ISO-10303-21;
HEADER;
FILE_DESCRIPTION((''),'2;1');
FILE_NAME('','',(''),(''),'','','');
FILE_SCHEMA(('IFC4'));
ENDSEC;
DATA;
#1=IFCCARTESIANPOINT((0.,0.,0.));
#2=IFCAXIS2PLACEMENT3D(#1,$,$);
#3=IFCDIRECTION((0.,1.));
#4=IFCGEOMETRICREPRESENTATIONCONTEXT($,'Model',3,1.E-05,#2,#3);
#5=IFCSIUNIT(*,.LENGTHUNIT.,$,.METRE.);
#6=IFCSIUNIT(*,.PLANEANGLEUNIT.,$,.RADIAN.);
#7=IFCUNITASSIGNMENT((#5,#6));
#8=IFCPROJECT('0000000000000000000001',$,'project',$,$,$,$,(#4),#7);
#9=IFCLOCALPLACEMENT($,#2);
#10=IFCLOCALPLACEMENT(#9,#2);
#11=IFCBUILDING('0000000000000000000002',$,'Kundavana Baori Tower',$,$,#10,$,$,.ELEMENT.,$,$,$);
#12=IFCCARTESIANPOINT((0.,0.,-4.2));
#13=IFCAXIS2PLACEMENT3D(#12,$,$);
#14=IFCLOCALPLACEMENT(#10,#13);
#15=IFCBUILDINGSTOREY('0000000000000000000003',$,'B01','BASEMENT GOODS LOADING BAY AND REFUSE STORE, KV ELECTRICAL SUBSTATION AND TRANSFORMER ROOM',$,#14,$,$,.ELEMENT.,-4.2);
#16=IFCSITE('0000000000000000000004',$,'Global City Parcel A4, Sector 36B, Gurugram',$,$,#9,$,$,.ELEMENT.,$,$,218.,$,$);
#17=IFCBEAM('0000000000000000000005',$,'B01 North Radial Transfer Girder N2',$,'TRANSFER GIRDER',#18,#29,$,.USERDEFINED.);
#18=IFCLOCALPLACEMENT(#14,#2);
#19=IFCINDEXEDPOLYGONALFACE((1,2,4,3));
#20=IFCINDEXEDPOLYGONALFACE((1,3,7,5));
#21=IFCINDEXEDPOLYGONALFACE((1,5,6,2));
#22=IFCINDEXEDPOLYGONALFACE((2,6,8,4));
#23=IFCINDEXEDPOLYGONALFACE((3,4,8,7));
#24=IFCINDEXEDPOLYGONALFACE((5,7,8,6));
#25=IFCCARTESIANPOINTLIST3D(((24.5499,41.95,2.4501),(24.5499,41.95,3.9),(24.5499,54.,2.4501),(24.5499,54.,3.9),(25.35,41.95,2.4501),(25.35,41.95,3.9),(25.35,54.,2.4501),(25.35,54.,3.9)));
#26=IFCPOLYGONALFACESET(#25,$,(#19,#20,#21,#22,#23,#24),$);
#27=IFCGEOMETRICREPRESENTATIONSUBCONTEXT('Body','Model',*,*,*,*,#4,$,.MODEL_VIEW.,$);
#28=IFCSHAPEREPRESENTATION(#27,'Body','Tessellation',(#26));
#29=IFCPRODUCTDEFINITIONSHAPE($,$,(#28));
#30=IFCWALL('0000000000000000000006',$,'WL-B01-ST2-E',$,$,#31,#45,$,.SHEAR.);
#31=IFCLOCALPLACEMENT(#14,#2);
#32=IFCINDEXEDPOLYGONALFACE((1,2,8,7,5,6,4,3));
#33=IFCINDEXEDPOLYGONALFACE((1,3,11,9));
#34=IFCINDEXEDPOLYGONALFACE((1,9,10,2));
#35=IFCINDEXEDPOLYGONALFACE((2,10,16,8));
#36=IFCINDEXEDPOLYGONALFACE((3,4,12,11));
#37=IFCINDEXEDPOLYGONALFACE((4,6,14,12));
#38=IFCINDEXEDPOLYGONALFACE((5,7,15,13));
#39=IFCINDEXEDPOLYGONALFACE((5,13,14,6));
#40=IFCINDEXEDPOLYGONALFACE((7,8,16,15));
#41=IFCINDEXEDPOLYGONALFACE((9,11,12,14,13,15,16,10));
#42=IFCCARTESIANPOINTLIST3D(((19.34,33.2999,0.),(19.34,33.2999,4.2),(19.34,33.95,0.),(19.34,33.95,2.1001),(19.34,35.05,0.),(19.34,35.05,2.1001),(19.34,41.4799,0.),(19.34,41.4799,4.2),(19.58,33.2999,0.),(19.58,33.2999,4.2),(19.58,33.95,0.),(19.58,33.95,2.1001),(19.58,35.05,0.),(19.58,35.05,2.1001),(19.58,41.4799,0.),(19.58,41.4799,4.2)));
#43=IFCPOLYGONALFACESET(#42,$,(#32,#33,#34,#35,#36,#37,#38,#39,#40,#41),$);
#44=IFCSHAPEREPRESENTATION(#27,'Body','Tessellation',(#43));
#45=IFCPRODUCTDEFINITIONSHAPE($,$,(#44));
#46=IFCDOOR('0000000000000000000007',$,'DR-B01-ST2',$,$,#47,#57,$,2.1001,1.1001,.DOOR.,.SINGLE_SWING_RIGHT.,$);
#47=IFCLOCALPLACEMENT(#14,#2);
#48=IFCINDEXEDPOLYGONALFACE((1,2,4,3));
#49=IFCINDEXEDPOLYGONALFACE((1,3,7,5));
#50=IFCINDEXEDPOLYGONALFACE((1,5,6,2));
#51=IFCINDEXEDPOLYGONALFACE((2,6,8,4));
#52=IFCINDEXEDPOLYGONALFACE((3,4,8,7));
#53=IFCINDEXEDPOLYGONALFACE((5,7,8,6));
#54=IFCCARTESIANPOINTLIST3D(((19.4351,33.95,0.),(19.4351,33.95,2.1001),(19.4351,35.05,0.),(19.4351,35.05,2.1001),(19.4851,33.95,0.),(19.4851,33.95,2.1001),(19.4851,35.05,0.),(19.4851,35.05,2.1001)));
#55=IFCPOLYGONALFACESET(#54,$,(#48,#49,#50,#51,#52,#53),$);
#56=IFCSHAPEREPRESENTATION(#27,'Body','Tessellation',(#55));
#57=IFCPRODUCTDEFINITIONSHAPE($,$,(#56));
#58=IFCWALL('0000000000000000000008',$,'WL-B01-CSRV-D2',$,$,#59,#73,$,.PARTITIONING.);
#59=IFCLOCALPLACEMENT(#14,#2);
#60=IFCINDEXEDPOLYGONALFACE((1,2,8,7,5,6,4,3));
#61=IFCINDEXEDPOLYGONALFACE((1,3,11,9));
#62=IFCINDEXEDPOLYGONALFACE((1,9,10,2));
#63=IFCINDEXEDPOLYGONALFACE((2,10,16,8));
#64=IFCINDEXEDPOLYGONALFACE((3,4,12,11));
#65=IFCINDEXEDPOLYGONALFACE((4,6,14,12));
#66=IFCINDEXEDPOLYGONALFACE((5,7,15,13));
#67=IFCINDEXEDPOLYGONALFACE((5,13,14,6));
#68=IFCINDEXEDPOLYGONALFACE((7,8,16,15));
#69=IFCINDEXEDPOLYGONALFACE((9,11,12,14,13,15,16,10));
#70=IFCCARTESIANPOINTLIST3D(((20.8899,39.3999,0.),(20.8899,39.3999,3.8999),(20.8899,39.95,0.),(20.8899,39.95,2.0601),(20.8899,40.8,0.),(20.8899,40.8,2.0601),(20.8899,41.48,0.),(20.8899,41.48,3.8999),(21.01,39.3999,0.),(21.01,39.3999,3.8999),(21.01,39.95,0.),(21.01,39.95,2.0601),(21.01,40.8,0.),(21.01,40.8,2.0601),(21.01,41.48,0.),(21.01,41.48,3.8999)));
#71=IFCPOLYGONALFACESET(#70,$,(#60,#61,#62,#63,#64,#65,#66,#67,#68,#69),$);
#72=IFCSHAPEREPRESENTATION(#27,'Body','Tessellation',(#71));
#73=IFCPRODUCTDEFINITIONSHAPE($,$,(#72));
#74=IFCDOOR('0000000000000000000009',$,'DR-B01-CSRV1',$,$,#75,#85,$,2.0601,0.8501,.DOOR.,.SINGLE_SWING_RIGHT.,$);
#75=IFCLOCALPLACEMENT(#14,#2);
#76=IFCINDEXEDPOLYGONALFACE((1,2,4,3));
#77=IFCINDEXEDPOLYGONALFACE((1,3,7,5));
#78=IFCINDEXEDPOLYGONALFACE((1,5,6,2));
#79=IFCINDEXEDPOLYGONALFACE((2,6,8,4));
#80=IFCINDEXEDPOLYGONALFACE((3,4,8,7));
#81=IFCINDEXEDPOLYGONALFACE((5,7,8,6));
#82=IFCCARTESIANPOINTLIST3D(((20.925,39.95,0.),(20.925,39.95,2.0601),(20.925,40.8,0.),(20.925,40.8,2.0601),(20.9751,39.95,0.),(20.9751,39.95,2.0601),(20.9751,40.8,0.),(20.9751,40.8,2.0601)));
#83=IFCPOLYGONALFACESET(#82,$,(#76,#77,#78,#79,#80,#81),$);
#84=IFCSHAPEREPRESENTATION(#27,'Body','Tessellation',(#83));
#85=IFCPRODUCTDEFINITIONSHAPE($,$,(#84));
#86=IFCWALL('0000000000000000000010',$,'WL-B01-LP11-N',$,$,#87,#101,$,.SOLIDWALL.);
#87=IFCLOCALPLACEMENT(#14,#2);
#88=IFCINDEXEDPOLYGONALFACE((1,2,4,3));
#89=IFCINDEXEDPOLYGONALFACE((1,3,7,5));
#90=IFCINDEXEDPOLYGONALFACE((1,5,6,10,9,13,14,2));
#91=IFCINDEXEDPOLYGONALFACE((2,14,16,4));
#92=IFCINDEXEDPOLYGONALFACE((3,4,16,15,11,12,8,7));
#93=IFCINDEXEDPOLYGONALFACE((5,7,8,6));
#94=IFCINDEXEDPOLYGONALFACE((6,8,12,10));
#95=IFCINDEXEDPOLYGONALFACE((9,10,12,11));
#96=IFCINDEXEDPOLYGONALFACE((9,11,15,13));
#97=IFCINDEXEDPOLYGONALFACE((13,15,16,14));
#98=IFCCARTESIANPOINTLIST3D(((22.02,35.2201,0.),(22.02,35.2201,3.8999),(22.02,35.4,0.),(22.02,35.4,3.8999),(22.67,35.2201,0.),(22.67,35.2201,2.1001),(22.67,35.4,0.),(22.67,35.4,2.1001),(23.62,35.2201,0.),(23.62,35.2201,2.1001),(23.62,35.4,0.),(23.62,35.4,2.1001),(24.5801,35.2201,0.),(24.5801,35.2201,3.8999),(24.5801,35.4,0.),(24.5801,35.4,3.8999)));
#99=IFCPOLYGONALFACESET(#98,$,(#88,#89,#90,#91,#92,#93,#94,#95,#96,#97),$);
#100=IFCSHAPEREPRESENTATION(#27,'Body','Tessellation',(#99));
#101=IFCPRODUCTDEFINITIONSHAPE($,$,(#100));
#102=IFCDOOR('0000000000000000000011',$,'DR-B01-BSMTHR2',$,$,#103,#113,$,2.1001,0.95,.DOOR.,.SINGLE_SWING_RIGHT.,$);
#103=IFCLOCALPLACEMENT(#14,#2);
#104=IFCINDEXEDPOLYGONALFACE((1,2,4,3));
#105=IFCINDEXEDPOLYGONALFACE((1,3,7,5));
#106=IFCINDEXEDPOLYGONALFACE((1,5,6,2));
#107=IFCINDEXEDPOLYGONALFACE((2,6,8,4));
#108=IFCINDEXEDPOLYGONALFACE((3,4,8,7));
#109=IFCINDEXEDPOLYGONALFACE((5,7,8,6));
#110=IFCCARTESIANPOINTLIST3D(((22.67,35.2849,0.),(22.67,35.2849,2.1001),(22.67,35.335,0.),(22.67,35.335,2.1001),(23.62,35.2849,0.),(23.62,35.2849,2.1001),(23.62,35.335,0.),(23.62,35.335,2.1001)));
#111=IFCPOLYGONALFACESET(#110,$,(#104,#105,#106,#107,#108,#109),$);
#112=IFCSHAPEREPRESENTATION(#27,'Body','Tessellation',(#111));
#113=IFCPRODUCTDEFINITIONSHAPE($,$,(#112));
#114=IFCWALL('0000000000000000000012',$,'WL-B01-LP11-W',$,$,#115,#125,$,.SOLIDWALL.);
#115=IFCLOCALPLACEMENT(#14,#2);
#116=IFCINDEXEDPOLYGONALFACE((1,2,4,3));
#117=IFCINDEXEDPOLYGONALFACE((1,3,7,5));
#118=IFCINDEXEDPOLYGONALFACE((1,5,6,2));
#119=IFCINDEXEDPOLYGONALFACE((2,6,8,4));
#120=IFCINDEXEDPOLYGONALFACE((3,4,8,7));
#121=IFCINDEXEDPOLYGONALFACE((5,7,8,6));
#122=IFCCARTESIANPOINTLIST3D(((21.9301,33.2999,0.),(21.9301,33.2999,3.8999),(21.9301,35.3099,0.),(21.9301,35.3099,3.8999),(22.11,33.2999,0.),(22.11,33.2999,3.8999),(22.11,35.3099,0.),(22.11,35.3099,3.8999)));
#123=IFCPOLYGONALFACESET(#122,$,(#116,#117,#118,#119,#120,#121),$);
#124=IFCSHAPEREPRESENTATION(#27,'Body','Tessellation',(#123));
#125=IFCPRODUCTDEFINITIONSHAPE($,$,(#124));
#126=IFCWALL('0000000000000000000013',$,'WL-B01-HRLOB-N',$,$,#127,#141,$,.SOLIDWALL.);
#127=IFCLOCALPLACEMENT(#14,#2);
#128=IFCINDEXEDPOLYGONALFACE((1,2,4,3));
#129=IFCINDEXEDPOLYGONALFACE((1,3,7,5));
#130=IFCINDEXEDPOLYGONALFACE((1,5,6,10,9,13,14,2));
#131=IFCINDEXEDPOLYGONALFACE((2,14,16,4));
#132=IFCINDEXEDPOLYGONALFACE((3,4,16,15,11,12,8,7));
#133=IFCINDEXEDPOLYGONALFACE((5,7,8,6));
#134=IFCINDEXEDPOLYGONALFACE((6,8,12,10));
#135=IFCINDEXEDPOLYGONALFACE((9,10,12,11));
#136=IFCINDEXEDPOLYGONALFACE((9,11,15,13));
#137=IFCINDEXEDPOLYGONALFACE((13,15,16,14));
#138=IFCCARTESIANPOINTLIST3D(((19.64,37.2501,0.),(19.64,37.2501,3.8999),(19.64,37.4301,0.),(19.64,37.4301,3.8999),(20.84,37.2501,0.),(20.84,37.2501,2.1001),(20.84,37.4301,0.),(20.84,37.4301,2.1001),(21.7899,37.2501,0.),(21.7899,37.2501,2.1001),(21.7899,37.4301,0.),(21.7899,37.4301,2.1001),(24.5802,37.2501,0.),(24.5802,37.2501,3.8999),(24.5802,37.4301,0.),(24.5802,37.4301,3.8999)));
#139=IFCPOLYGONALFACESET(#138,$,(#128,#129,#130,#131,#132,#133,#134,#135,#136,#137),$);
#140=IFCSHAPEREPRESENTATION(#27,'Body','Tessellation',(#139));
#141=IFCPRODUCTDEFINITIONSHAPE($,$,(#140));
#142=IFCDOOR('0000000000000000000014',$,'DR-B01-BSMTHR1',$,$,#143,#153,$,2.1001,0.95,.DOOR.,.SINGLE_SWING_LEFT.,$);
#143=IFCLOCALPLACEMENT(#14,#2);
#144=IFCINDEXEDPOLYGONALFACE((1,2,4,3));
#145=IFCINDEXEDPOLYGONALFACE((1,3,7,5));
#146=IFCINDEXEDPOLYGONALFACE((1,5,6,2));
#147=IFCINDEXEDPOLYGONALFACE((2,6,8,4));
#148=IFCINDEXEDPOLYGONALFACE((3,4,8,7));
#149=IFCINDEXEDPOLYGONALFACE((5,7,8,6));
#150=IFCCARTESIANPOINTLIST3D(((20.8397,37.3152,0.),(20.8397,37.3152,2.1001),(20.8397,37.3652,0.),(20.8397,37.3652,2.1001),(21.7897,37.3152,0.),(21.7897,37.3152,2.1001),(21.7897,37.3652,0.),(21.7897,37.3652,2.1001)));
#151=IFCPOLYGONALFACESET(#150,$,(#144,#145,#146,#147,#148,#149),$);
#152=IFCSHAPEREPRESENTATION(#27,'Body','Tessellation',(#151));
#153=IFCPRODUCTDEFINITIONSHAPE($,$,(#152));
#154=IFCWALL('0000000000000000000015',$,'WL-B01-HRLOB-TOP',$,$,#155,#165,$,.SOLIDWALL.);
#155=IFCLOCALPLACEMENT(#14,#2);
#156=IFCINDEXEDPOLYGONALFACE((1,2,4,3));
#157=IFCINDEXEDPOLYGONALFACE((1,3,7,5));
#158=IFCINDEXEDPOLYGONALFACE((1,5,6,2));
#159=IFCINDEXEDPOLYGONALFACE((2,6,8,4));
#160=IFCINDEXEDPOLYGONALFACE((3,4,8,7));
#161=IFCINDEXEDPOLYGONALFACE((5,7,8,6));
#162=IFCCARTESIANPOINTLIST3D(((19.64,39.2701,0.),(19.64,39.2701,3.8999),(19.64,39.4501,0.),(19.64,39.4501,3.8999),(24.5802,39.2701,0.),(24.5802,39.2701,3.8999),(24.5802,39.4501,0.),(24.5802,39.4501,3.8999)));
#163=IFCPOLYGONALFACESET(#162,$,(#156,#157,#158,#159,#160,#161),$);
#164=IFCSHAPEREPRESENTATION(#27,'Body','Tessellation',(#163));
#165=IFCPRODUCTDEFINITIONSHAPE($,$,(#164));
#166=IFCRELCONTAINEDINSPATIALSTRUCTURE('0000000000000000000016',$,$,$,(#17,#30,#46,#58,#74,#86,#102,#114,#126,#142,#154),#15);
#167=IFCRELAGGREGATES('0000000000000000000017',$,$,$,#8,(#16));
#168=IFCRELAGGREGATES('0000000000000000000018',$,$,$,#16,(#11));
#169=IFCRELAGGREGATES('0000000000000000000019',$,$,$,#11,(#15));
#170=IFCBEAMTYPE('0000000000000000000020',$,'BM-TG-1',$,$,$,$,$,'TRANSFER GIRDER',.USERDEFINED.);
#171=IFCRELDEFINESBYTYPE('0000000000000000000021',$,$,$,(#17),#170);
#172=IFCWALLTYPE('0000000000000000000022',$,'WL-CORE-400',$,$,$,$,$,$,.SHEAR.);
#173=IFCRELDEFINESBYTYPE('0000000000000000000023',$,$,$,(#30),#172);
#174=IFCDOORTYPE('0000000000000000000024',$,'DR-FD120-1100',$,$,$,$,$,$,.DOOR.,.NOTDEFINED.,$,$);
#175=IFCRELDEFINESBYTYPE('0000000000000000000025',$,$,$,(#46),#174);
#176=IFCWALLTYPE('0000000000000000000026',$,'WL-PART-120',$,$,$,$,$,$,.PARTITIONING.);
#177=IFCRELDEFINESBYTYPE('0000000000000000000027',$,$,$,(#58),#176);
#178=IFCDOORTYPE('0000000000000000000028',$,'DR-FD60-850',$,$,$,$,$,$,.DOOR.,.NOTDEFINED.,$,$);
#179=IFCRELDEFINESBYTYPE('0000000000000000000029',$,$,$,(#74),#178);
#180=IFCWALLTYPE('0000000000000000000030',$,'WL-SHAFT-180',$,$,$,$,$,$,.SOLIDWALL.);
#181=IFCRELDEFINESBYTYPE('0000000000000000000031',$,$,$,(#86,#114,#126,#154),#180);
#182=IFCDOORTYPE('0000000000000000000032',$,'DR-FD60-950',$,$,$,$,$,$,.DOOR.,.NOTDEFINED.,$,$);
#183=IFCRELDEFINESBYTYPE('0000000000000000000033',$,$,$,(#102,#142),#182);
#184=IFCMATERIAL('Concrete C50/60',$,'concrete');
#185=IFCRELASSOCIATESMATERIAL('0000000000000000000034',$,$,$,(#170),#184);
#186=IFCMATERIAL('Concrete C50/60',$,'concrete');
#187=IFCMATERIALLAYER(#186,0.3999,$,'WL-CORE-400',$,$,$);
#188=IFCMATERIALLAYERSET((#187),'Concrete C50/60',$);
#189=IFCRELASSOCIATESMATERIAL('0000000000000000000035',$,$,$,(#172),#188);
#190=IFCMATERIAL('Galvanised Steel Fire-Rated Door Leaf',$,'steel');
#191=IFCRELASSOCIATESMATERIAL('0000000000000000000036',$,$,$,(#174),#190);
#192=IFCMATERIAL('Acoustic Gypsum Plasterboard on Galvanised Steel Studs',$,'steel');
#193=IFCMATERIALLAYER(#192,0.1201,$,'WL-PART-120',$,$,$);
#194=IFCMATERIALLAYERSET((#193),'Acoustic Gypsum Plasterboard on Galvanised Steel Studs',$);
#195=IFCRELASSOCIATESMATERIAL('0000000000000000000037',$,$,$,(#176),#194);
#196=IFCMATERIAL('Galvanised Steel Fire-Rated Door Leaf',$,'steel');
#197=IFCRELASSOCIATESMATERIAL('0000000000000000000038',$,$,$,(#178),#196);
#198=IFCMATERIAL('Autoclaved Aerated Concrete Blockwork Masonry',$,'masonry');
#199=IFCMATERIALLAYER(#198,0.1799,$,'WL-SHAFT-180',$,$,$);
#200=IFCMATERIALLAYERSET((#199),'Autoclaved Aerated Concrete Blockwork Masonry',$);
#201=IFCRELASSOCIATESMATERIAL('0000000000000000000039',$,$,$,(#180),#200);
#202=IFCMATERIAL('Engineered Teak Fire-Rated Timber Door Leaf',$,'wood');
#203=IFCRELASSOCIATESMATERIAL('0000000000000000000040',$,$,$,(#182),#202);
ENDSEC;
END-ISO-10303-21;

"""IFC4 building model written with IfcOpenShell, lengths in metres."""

from ifc_helpers import new_model, si_unit, direction, frame, frame_2d, origin, origin_2d, place, context, subcontext, project, spatial, rectangle, extrude, material, layer, layer_set, material_profile, profile_set, type_object, element, fill, save


model = new_model("IFC4")

# Units and contexts
model_context = context("Model", 3, precision=1e-05, world=origin(), true_north=direction((0.0, 1.0)))
body_context = subcontext(model_context, "Body", "Model", "MODEL_VIEW")
ifc_project = project(units=[si_unit("LENGTHUNIT", "METRE"), si_unit("PLANEANGLEUNIT", "RADIAN")], contexts=[model_context])

# Site, building, storey
site_placement = place(None, origin())
site = spatial("IfcSite", under=ifc_project, at=site_placement, Name="Global City Parcel A4, Sector 36B, Gurugram", CompositionType="ELEMENT", RefElevation=218.0)
building_placement = place(site_placement, origin())
building = spatial("IfcBuilding", under=site, at=building_placement, Name="Kundavana Baori Tower", CompositionType="ELEMENT")
storey_placement = place(building_placement, frame((0.0, 0.0, -4.2)))
storey = spatial("IfcBuildingStorey", under=building, at=storey_placement, Name="B01", Description="BASEMENT GOODS LOADING BAY AND REFUSE STORE, KV ELECTRICAL SUBSTATION AND TRANSFORMER ROOM", CompositionType="ELEMENT", Elevation=-4.2)

# Beam
ifc_material_1 = material(Name="Concrete C50/60", Category="concrete")
ifc_material_profile_1 = material_profile(ifc_material_1, rectangle(XDim=0.8, YDim=1.45, at=origin_2d()), Name="BM-TG-1")
ifc_profile_set_1 = profile_set([ifc_material_profile_1], Name="Concrete C50/60")
beam_type_1 = type_object("IfcBeamType", Name="BM-TG-1", ElementType="TRANSFER GIRDER", PredefinedType="USERDEFINED", material=ifc_profile_set_1)
beam_1_placement = place(storey_placement, frame((24.95, 41.95, 3.175), z_axis=(0.0, 1.0, 0.0), x_axis=(-1.0, 0.0, 0.0)))
element("IfcBeam", 1, at=beam_1_placement, inside=storey, type_object=beam_type_1, Name="B01 North Radial Transfer Girder N2", ObjectType="TRANSFER GIRDER", PredefinedType="USERDEFINED", context=body_context, shape_type="SweptSolid", body=[
    extrude(rectangle(XDim=0.8, YDim=1.45, at=origin_2d()), origin(), (0.0, 0.0, 1.0), 12.05),
])

# Walls, openings, doors
ifc_material_2 = material(Name="Concrete C50/60", Category="concrete")
ifc_layer_1 = layer(ifc_material_2, 0.3999, Name="WL-CORE-400")
ifc_layer_set_1 = layer_set([ifc_layer_1], Name="Concrete C50/60")
wall_type_1 = type_object("IfcWallType", Name="WL-CORE-400", PredefinedType="SHEAR", material=ifc_layer_set_1)
wall_1_placement = place(storey_placement, frame((19.46, 33.3, 0.0), z_axis=(0.0, 0.0, 1.0), x_axis=(0.0, 1.0, 0.0)))
wall_1 = element("IfcWall", 2, at=wall_1_placement, inside=storey, type_object=wall_type_1, Name="WL-B01-ST2-E", PredefinedType="SHEAR", context=body_context, shape_type="SweptSolid", body=[
    extrude(rectangle(XDim=8.1799, YDim=0.24, at=frame_2d((4.0898, 0.0))), origin(), (0.0, 0.0, 1.0), 4.2),
])
opening_1_placement = place(wall_1_placement, frame((0.6499, 0.0, 0.0)))
opening_1 = element("IfcOpeningElement", 3, at=opening_1_placement, cuts=wall_1, PredefinedType="OPENING", context=body_context, shape_type="SweptSolid", body=[
    extrude(rectangle(XDim=1.1001, YDim=2.1001, at=frame_2d((0.55, 1.05))), frame((0.0, 0.1299, 0.0), z_axis=(0.0, -1.0, 0.0), x_axis=(1.0, 0.0, 0.0)), (0.0, 0.0, 1.0), 0.26),
])
ifc_material_3 = material(Name="Galvanised Steel Fire-Rated Door Leaf", Category="steel")
door_type_1 = type_object("IfcDoorType", Name="DR-FD120-1100", OperationType="NOTDEFINED", PredefinedType="DOOR", material=ifc_material_3)
door_1_placement = place(opening_1_placement, origin())
door_1 = element("IfcDoor", 4, at=door_1_placement, inside=storey, type_object=door_type_1, Name="DR-B01-ST2", OperationType="SINGLE_SWING_RIGHT", OverallHeight=2.1001, OverallWidth=1.1001, PredefinedType="DOOR", context=body_context, shape_type="SweptSolid", body=[
    extrude(rectangle(XDim=1.1001, YDim=2.1001, at=frame_2d((0.55, 1.05))), frame((0.0, 0.0249, 0.0), z_axis=(0.0, -1.0, 0.0), x_axis=(1.0, 0.0, 0.0)), (0.0, 0.0, 1.0), 0.05),
])
fill(opening_1, door_1)
ifc_material_4 = material(Name="Acoustic Gypsum Plasterboard on Galvanised Steel Studs", Category="steel")
ifc_layer_2 = layer(ifc_material_4, 0.1201, Name="WL-PART-120")
ifc_layer_set_2 = layer_set([ifc_layer_2], Name="Acoustic Gypsum Plasterboard on Galvanised Steel Studs")
wall_type_2 = type_object("IfcWallType", Name="WL-PART-120", PredefinedType="PARTITIONING", material=ifc_layer_set_2)
wall_2_placement = place(storey_placement, frame((20.95, 39.3999, 0.0), z_axis=(0.0, 0.0, 1.0), x_axis=(0.0, 1.0, 0.0)))
wall_2 = element("IfcWall", 5, at=wall_2_placement, inside=storey, type_object=wall_type_2, Name="WL-B01-CSRV-D2", PredefinedType="PARTITIONING", context=body_context, shape_type="SweptSolid", body=[
    extrude(rectangle(XDim=2.0801, YDim=0.1201, at=frame_2d((1.04, 0.0))), origin(), (0.0, 0.0, 1.0), 3.8999),
])
opening_2_placement = place(wall_2_placement, frame((0.55, 0.0, 0.0)))
opening_2 = element("IfcOpeningElement", 6, at=opening_2_placement, cuts=wall_2, PredefinedType="OPENING", context=body_context, shape_type="SweptSolid", body=[
    extrude(rectangle(XDim=0.8501, YDim=2.0601, at=frame_2d((0.425, 1.03))), frame((0.0, 0.0701, 0.0), z_axis=(0.0, -1.0, 0.0), x_axis=(1.0, 0.0, 0.0)), (0.0, 0.0, 1.0), 0.1401),
])
ifc_material_5 = material(Name="Galvanised Steel Fire-Rated Door Leaf", Category="steel")
door_type_2 = type_object("IfcDoorType", Name="DR-FD60-850", OperationType="NOTDEFINED", PredefinedType="DOOR", material=ifc_material_5)
door_2_placement = place(opening_2_placement, origin())
door_2 = element("IfcDoor", 7, at=door_2_placement, inside=storey, type_object=door_type_2, Name="DR-B01-CSRV1", OperationType="SINGLE_SWING_RIGHT", OverallHeight=2.0601, OverallWidth=0.8501, PredefinedType="DOOR", context=body_context, shape_type="SweptSolid", body=[
    extrude(rectangle(XDim=0.8501, YDim=2.0601, at=frame_2d((0.425, 1.03))), frame((0.0, 0.0249, 0.0), z_axis=(0.0, -1.0, 0.0), x_axis=(1.0, 0.0, 0.0)), (0.0, 0.0, 1.0), 0.05),
])
fill(opening_2, door_2)
ifc_material_6 = material(Name="Autoclaved Aerated Concrete Blockwork Masonry", Category="masonry")
ifc_layer_3 = layer(ifc_material_6, 0.1799, Name="WL-SHAFT-180")
ifc_layer_set_3 = layer_set([ifc_layer_3], Name="Autoclaved Aerated Concrete Blockwork Masonry")
wall_type_3 = type_object("IfcWallType", Name="WL-SHAFT-180", PredefinedType="SOLIDWALL", material=ifc_layer_set_3)
wall_3_placement = place(storey_placement, frame((22.02, 35.3101, 0.0), z_axis=(0.0, 0.0, 1.0), x_axis=(1.0, 0.0, 0.0)))
wall_3 = element("IfcWall", 8, at=wall_3_placement, inside=storey, type_object=wall_type_3, Name="WL-B01-LP11-N", PredefinedType="SOLIDWALL", context=body_context, shape_type="SweptSolid", body=[
    extrude(rectangle(XDim=2.5601, YDim=0.1799, at=frame_2d((1.28, 0.0))), origin(), (0.0, 0.0, 1.0), 3.8999),
])
opening_3_placement = place(wall_3_placement, frame((0.6499, 0.0, 0.0)))
opening_3 = element("IfcOpeningElement", 9, at=opening_3_placement, cuts=wall_3, PredefinedType="OPENING", context=body_context, shape_type="SweptSolid", body=[
    extrude(rectangle(XDim=0.95, YDim=2.1001, at=frame_2d((0.4751, 1.05))), frame((0.0, 0.1001, 0.0), z_axis=(0.0, -1.0, 0.0), x_axis=(1.0, 0.0, 0.0)), (0.0, 0.0, 1.0), 0.2),
])
ifc_material_7 = material(Name="Engineered Teak Fire-Rated Timber Door Leaf", Category="wood")
door_type_3 = type_object("IfcDoorType", Name="DR-FD60-950", OperationType="NOTDEFINED", PredefinedType="DOOR", material=ifc_material_7)
door_3_placement = place(opening_3_placement, origin())
door_3 = element("IfcDoor", 10, at=door_3_placement, inside=storey, type_object=door_type_3, Name="DR-B01-BSMTHR2", OperationType="SINGLE_SWING_RIGHT", OverallHeight=2.1001, OverallWidth=0.95, PredefinedType="DOOR", context=body_context, shape_type="SweptSolid", body=[
    extrude(rectangle(XDim=0.95, YDim=2.1001, at=frame_2d((0.4751, 1.05))), frame((0.0, 0.0249, 0.0), z_axis=(0.0, -1.0, 0.0), x_axis=(1.0, 0.0, 0.0)), (0.0, 0.0, 1.0), 0.05),
])
fill(opening_3, door_3)

# Wall
wall_4_placement = place(storey_placement, frame((22.02, 33.3, 0.0), z_axis=(0.0, 0.0, 1.0), x_axis=(0.0, 1.0, 0.0)))
element("IfcWall", 11, at=wall_4_placement, inside=storey, type_object=wall_type_3, Name="WL-B01-LP11-W", PredefinedType="SOLIDWALL", context=body_context, shape_type="SweptSolid", body=[
    extrude(rectangle(XDim=2.01, YDim=0.1799, at=frame_2d((1.0049, 0.0))), origin(), (0.0, 0.0, 1.0), 3.8999),
])

# Wall, opening, door
wall_5_placement = place(storey_placement, frame((19.6399, 37.3401, 0.0), z_axis=(0.0, 0.0, 1.0), x_axis=(1.0, 0.0, 0.0)))
wall_5 = element("IfcWall", 12, at=wall_5_placement, inside=storey, type_object=wall_type_3, Name="WL-B01-HRLOB-N", PredefinedType="SOLIDWALL", context=body_context, shape_type="SweptSolid", body=[
    extrude(rectangle(XDim=4.9402, YDim=0.1799, at=frame_2d((2.4702, 0.0))), origin(), (0.0, 0.0, 1.0), 3.8999),
])
opening_4_placement = place(wall_5_placement, frame((1.2, 0.0, 0.0)))
opening_4 = element("IfcOpeningElement", 13, at=opening_4_placement, cuts=wall_5, PredefinedType="OPENING", context=body_context, shape_type="SweptSolid", body=[
    extrude(rectangle(XDim=0.95, YDim=2.1001, at=frame_2d((0.4751, 1.05))), frame((0.0, 0.1001, 0.0), z_axis=(0.0, -1.0, 0.0), x_axis=(1.0, 0.0, 0.0)), (0.0, 0.0, 1.0), 0.2),
])
door_4_placement = place(opening_4_placement, frame((0.95, 0.0, 0.0), z_axis=(0.0, 0.0, 1.0), x_axis=(-1.0, 0.0, 0.0)))
door_4 = element("IfcDoor", 14, at=door_4_placement, inside=storey, type_object=door_type_3, Name="DR-B01-BSMTHR1", OperationType="SINGLE_SWING_LEFT", OverallHeight=2.1001, OverallWidth=0.95, PredefinedType="DOOR", context=body_context, shape_type="SweptSolid", body=[
    extrude(rectangle(XDim=0.95, YDim=2.1001, at=frame_2d((0.4751, 1.05))), frame((0.0, 0.0249, 0.0), z_axis=(0.0, -1.0, 0.0), x_axis=(1.0, 0.0, 0.0)), (0.0, 0.0, 1.0), 0.05),
])
fill(opening_4, door_4)

# Wall
wall_6_placement = place(storey_placement, frame((19.6399, 39.3601, 0.0), z_axis=(0.0, 0.0, 1.0), x_axis=(1.0, 0.0, 0.0)))
element("IfcWall", 15, at=wall_6_placement, inside=storey, type_object=wall_type_3, Name="WL-B01-HRLOB-TOP", PredefinedType="SOLIDWALL", context=body_context, shape_type="SweptSolid", body=[
    extrude(rectangle(XDim=4.9402, YDim=0.1799, at=frame_2d((2.4702, 0.0))), origin(), (0.0, 0.0, 1.0), 3.8999),
])

save(model, "model.ifc")
